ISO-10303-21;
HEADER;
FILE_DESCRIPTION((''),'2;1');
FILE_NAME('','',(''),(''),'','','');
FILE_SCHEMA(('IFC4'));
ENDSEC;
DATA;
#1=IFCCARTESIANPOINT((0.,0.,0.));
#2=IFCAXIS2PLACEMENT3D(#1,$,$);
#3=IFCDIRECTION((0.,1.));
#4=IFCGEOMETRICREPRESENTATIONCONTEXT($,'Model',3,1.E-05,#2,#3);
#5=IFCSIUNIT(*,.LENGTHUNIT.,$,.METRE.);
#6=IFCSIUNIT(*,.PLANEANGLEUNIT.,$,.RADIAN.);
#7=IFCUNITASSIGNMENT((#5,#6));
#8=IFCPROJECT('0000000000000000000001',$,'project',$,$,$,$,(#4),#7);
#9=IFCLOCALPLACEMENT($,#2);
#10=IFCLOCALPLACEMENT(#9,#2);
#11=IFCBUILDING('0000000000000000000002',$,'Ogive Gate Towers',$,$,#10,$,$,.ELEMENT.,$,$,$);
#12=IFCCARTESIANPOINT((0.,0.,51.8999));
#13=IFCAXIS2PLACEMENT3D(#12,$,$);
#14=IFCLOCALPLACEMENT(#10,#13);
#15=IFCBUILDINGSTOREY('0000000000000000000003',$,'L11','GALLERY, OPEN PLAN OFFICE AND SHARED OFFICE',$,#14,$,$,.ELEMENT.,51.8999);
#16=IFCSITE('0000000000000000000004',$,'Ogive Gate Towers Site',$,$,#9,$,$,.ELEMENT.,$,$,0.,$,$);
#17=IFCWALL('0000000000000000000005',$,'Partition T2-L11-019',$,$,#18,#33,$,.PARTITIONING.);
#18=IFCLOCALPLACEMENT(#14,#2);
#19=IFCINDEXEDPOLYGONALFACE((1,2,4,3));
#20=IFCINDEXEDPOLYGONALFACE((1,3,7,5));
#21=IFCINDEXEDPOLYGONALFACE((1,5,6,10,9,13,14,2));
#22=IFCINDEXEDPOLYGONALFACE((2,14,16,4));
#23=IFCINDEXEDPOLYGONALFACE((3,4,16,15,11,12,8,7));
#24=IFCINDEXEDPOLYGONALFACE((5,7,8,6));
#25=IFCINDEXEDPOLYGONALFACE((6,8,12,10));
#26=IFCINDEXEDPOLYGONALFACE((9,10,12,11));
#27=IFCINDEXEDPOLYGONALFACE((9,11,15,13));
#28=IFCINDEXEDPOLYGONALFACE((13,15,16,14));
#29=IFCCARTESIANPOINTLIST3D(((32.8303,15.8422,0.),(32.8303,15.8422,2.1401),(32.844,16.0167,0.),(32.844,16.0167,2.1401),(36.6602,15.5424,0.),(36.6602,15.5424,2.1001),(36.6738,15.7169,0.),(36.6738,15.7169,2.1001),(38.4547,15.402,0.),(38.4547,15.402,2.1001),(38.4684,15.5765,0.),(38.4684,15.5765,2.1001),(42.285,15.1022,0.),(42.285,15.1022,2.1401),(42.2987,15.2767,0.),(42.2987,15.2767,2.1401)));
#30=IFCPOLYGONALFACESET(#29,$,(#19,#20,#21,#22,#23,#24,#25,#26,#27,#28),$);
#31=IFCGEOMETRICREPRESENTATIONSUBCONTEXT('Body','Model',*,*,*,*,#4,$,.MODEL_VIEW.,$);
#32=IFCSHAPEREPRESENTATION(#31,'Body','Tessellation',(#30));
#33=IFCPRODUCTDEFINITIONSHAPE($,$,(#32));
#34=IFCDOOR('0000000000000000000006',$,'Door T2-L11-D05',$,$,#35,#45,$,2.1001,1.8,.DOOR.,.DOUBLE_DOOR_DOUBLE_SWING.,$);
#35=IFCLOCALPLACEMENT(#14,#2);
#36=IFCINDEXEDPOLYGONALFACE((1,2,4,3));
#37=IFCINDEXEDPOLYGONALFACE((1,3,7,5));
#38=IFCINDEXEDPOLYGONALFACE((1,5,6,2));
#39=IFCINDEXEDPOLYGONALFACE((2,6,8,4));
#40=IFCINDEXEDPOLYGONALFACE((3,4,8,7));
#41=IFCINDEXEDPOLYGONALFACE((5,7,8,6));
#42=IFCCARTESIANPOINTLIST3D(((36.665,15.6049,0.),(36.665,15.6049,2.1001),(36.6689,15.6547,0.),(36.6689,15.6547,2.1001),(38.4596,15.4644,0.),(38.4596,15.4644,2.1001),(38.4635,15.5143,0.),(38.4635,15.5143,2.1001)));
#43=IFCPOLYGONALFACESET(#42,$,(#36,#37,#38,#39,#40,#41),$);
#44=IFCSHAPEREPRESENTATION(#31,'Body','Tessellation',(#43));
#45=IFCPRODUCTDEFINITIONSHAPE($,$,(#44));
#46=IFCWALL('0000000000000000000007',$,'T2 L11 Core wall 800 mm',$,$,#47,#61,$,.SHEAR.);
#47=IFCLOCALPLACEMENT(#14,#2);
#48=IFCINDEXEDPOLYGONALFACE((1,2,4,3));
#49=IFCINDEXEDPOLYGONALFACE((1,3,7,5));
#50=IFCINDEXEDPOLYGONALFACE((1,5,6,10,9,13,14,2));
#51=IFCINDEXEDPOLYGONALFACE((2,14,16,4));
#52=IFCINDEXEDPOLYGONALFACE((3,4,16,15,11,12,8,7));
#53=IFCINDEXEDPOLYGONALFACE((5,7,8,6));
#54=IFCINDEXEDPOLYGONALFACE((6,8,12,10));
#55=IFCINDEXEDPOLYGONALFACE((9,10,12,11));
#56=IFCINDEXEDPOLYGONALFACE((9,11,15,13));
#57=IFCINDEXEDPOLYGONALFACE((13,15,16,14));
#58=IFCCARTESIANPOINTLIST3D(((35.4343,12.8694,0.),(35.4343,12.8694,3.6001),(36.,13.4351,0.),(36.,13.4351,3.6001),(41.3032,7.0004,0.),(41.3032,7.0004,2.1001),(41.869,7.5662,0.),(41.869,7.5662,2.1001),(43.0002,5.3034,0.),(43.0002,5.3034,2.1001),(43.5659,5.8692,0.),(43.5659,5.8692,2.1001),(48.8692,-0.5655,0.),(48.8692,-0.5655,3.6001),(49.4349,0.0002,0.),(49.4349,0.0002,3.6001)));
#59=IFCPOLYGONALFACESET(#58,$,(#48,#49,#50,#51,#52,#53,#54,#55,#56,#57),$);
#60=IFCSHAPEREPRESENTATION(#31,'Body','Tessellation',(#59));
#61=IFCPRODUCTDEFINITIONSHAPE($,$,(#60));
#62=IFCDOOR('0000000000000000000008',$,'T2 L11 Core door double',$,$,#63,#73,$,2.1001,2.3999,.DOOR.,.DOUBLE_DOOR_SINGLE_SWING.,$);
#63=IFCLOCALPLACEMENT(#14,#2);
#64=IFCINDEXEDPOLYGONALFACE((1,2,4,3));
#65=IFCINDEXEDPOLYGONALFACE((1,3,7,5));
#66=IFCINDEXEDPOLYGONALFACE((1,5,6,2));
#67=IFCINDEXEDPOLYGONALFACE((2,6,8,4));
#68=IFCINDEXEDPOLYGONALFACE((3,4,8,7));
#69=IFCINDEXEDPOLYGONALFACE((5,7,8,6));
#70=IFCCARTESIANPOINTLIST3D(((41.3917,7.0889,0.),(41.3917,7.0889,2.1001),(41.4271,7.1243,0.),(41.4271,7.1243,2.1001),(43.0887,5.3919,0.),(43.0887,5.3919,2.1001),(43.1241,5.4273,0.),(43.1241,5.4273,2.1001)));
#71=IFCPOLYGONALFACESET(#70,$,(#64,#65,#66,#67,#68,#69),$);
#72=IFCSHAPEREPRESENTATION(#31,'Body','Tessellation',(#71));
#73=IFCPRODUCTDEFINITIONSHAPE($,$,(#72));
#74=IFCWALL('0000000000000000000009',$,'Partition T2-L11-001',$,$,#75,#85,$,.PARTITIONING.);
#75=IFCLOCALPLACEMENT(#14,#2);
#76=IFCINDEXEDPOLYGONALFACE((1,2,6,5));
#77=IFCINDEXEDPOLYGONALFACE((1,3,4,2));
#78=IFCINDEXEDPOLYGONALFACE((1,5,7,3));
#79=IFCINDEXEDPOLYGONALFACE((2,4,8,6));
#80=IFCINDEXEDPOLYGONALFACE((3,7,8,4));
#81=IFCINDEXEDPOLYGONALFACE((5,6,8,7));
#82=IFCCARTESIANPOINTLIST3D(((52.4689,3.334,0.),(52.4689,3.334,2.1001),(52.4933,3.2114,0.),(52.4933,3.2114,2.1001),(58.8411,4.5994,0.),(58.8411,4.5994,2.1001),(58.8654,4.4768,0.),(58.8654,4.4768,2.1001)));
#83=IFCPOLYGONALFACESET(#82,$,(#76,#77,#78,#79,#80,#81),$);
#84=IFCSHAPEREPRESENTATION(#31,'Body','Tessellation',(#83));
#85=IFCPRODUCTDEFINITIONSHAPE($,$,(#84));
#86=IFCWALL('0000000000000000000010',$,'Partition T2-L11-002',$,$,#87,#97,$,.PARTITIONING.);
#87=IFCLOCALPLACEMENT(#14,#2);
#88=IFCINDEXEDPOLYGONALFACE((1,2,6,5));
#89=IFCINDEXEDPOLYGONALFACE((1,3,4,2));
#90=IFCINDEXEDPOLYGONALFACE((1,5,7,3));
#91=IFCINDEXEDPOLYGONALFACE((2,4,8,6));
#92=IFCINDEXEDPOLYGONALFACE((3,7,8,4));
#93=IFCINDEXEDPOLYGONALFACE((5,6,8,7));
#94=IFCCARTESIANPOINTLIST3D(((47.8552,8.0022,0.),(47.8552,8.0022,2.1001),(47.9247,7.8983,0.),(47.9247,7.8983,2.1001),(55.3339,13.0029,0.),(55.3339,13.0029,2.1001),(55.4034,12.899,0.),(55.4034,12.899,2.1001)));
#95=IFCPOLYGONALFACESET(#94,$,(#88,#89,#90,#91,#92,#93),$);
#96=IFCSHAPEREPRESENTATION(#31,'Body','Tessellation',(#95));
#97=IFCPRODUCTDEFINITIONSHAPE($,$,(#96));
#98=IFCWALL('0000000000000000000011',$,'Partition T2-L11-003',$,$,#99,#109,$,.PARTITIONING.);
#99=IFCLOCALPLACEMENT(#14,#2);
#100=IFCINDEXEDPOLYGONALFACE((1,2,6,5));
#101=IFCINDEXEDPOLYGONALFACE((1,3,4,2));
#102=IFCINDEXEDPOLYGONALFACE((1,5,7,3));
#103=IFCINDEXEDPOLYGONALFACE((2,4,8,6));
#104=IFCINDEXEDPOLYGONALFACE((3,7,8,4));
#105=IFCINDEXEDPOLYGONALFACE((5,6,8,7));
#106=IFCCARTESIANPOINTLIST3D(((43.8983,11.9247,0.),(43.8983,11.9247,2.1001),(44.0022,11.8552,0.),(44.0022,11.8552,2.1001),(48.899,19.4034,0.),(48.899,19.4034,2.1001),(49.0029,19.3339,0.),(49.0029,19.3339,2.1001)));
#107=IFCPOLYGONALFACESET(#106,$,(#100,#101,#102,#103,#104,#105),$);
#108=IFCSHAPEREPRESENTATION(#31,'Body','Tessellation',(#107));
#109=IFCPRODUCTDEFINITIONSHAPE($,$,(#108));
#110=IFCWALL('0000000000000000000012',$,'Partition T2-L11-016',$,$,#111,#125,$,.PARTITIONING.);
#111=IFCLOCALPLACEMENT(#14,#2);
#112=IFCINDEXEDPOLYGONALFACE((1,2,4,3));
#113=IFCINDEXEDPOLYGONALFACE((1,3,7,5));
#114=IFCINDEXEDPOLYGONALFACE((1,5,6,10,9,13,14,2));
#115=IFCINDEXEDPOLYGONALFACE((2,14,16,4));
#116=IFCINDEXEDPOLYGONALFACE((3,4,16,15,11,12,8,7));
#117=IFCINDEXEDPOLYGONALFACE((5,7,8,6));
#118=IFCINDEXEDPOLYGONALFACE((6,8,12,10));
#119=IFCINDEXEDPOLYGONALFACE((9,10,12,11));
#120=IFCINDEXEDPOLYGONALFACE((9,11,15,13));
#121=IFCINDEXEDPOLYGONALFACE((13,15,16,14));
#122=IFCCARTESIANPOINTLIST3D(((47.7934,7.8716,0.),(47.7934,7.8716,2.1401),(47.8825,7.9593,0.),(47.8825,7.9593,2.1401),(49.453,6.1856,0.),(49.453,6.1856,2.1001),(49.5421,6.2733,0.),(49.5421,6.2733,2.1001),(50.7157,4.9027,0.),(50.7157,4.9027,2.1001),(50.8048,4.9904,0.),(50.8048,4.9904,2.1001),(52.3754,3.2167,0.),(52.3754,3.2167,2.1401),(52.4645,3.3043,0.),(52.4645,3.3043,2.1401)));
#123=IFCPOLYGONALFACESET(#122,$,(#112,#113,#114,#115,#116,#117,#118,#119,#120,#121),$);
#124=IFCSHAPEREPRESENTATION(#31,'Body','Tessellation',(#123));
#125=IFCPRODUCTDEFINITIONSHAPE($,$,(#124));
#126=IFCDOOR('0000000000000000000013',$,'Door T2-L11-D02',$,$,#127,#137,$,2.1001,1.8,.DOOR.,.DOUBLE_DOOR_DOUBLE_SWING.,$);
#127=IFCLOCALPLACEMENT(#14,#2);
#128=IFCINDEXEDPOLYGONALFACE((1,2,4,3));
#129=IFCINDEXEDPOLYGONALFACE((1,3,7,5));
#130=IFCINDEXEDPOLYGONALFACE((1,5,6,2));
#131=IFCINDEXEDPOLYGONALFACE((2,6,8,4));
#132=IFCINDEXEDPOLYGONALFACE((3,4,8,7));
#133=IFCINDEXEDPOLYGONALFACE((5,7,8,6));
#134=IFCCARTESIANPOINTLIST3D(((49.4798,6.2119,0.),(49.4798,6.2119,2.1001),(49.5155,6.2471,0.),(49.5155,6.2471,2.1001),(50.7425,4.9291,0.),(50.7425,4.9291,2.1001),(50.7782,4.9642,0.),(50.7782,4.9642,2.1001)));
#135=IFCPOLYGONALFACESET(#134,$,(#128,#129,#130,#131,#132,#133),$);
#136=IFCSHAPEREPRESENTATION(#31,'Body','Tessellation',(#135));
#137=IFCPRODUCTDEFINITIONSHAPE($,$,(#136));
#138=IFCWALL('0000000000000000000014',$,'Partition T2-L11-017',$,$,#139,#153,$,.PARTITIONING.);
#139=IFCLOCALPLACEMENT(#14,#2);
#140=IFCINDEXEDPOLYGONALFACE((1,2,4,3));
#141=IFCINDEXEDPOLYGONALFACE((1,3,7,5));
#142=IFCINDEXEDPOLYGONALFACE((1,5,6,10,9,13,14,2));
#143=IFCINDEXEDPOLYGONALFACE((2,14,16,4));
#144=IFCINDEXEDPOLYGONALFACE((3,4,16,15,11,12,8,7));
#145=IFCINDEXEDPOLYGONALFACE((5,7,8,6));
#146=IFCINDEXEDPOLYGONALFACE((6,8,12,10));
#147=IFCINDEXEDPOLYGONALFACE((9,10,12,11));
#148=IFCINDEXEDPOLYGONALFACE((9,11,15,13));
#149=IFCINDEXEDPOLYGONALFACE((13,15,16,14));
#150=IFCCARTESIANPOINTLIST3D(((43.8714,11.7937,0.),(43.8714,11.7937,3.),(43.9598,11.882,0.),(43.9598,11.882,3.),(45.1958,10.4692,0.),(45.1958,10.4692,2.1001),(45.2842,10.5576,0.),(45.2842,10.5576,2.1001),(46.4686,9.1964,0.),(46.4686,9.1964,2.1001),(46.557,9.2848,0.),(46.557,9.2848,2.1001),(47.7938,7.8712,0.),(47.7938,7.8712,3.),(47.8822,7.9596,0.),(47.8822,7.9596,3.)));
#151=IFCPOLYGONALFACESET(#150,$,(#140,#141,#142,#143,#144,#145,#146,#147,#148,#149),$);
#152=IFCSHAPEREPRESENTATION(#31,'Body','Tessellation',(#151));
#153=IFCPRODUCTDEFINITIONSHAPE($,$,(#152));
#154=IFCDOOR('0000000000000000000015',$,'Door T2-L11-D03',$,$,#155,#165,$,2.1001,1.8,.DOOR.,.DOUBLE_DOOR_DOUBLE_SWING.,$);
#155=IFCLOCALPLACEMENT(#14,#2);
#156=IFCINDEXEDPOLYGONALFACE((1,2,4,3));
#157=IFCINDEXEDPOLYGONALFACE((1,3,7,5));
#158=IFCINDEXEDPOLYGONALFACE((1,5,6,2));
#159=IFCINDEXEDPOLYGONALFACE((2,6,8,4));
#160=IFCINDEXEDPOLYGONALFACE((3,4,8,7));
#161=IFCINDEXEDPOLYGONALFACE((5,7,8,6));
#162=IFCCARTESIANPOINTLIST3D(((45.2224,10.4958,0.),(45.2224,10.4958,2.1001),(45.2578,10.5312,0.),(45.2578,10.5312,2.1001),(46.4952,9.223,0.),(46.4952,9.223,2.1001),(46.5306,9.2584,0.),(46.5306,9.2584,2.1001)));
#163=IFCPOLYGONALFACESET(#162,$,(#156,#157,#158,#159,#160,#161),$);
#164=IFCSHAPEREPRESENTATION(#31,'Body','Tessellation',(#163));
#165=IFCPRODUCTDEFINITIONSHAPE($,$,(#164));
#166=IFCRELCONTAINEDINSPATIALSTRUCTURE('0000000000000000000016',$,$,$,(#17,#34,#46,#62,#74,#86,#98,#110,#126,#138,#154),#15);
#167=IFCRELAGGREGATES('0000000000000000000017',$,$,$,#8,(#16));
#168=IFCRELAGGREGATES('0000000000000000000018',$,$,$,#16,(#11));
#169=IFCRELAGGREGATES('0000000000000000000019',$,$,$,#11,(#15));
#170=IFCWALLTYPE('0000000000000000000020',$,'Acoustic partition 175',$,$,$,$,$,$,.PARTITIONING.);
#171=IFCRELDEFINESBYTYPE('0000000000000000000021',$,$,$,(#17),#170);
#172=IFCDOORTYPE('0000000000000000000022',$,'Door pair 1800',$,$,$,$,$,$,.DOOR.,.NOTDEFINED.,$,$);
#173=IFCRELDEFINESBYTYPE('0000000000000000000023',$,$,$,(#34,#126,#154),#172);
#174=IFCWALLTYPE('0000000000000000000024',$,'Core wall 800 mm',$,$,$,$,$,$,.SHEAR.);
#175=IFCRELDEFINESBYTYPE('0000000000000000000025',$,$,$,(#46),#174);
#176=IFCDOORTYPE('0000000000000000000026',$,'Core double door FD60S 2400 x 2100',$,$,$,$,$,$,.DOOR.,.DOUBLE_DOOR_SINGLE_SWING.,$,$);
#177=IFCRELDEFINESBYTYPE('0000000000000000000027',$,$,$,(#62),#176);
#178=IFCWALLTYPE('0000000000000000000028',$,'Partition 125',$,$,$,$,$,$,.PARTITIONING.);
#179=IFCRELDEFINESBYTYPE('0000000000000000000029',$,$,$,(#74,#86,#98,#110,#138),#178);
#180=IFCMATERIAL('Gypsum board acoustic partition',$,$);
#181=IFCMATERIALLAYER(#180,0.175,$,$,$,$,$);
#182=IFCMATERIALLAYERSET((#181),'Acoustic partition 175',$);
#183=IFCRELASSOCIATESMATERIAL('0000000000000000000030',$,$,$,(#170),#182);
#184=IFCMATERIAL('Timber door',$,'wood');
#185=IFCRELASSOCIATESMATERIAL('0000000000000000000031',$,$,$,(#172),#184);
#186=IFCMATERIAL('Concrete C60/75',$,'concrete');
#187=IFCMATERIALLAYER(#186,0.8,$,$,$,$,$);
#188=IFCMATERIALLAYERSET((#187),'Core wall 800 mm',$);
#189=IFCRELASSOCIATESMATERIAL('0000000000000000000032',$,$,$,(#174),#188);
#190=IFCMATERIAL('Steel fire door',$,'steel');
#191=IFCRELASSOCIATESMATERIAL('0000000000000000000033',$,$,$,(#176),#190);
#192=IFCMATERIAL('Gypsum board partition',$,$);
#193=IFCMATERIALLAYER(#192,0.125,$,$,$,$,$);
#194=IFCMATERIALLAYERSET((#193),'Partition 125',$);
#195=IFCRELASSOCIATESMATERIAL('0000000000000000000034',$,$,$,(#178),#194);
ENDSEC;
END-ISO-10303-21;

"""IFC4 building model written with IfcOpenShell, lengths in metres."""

from ifc_helpers import new_model, si_unit, direction, frame, frame_2d, origin, place, context, subcontext, project, spatial, rectangle, extrude, material, layer, layer_set, type_object, element, fill, save


model = new_model("IFC4")

# Units and contexts
model_context = context("Model", 3, precision=1e-05, world=origin(), true_north=direction((0.0, 1.0)))
body_context = subcontext(model_context, "Body", "Model", "MODEL_VIEW")
ifc_project = project(units=[si_unit("LENGTHUNIT", "METRE"), si_unit("PLANEANGLEUNIT", "RADIAN")], contexts=[model_context])

# Site, building, storey
site_placement = place(None, origin())
site = spatial("IfcSite", under=ifc_project, at=site_placement, Name="Ogive Gate Towers Site", CompositionType="ELEMENT", RefElevation=0.0)
building_placement = place(site_placement, origin())
building = spatial("IfcBuilding", under=site, at=building_placement, Name="Ogive Gate Towers", CompositionType="ELEMENT")
storey_placement = place(building_placement, frame((0.0, 0.0, 51.8999)))
storey = spatial("IfcBuildingStorey", under=building, at=storey_placement, Name="L11", Description="GALLERY, OPEN PLAN OFFICE AND SHARED OFFICE", CompositionType="ELEMENT", Elevation=51.8999)

# Shared definitions
ifc_material_1 = material(Name="Gypsum board acoustic partition")
ifc_layer_1 = layer(ifc_material_1, 0.175)
ifc_layer_set_1 = layer_set([ifc_layer_1], Name="Acoustic partition 175")
wall_type_1 = type_object("IfcWallType", Name="Acoustic partition 175", PredefinedType="PARTITIONING", material=ifc_layer_set_1)

# Walls, openings, doors
wall_1_placement = place(storey_placement, frame((42.2917, 15.1895, 0.0), z_axis=(0.0, 0.0, 1.0), x_axis=(-0.996951, 0.078027, 0.0)))
wall_1 = element("IfcWall", 1, at=wall_1_placement, inside=storey, type_object=wall_type_1, Name="Partition T2-L11-019", PredefinedType="PARTITIONING", context=body_context, shape_type="SweptSolid", body=[
    extrude(rectangle(XDim=9.4836, YDim=0.175, at=frame_2d((4.7417, 0.0))), origin(), (0.0, 0.0, 1.0), 2.1401),
])
opening_1_placement = place(wall_1_placement, frame((3.842, 0.0, 0.0)))
opening_1 = element("IfcOpeningElement", 2, at=opening_1_placement, cuts=wall_1, PredefinedType="OPENING", context=body_context, shape_type="SweptSolid", body=[
    extrude(rectangle(XDim=1.8, YDim=2.1001, at=frame_2d((0.8999, 1.05))), frame((0.0, 0.0977, 0.0), z_axis=(0.0, -1.0, 0.0), x_axis=(1.0, 0.0, 0.0)), (0.0, 0.0, 1.0), 0.1951),
])
ifc_material_2 = material(Name="Timber door", Category="wood")
door_type_1 = type_object("IfcDoorType", Name="Door pair 1800", OperationType="NOTDEFINED", PredefinedType="DOOR", material=ifc_material_2)
door_1_placement = place(opening_1_placement, origin())
door_1 = element("IfcDoor", 3, at=door_1_placement, inside=storey, type_object=door_type_1, Name="Door T2-L11-D05", OperationType="DOUBLE_DOOR_DOUBLE_SWING", OverallHeight=2.1001, OverallWidth=1.8, PredefinedType="DOOR", context=body_context, shape_type="SweptSolid", body=[
    extrude(rectangle(XDim=1.8, YDim=2.1001, at=frame_2d((0.8999, 1.05))), frame((0.0, 0.0249, 0.0), z_axis=(0.0, -1.0, 0.0), x_axis=(1.0, 0.0, 0.0)), (0.0, 0.0, 1.0), 0.05),
])
fill(opening_1, door_1)
ifc_material_3 = material(Name="Concrete C60/75", Category="concrete")
ifc_layer_2 = layer(ifc_material_3, 0.8)
ifc_layer_set_2 = layer_set([ifc_layer_2], Name="Core wall 800 mm")
wall_type_2 = type_object("IfcWallType", Name="Core wall 800 mm", PredefinedType="SHEAR", material=ifc_layer_set_2)
wall_2_placement = place(storey_placement, frame((49.1521, -0.2827, 0.0), z_axis=(0.0, 0.0, 1.0), x_axis=(-0.707107, 0.707107, 0.0)))
wall_2 = element("IfcWall", 4, at=wall_2_placement, inside=storey, type_object=wall_type_2, Name="T2 L11 Core wall 800 mm", PredefinedType="SHEAR", context=body_context, shape_type="SweptSolid", body=[
    extrude(rectangle(XDim=18.9998, YDim=0.8, at=frame_2d((9.5, 0.0))), origin(), (0.0, 0.0, 1.0), 3.6001),
])
opening_2_placement = place(wall_2_placement, frame((8.3, 0.0, 0.0)))
opening_2 = element("IfcOpeningElement", 5, at=opening_2_placement, cuts=wall_2, PredefinedType="OPENING", context=body_context, shape_type="SweptSolid", body=[
    extrude(rectangle(XDim=2.3999, YDim=2.1001, at=frame_2d((1.2, 1.05))), frame((0.0, 0.4102, 0.0), z_axis=(0.0, -1.0, 0.0), x_axis=(1.0, 0.0, 0.0)), (0.0, 0.0, 1.0), 0.8201),
])
ifc_material_4 = material(Name="Steel fire door", Category="steel")
door_type_2 = type_object("IfcDoorType", Name="Core double door FD60S 2400 x 2100", OperationType="DOUBLE_DOOR_SINGLE_SWING", PredefinedType="DOOR", material=ifc_material_4)
door_2_placement = place(opening_2_placement, origin())
door_2 = element("IfcDoor", 6, at=door_2_placement, inside=storey, type_object=door_type_2, Name="T2 L11 Core door double", OperationType="DOUBLE_DOOR_SINGLE_SWING", OverallHeight=2.1001, OverallWidth=2.3999, PredefinedType="DOOR", context=body_context, shape_type="SweptSolid", body=[
    extrude(rectangle(XDim=2.3999, YDim=2.1001, at=frame_2d((1.2, 1.05))), frame((0.0, 0.2749, 0.0), z_axis=(0.0, -1.0, 0.0), x_axis=(1.0, 0.0, 0.0)), (0.0, 0.0, 1.0), 0.05),
])
fill(opening_2, door_2)

# Walls
ifc_material_5 = material(Name="Gypsum board partition")
ifc_layer_3 = layer(ifc_material_5, 0.125)
ifc_layer_set_3 = layer_set([ifc_layer_3], Name="Partition 125")
wall_type_3 = type_object("IfcWallType", Name="Partition 125", PredefinedType="PARTITIONING", material=ifc_layer_set_3)
wall_3_placement = place(storey_placement, frame((58.8533, 4.5381, 0.0), z_axis=(0.0, 0.0, 1.0), x_axis=(-0.980847, -0.194779, 0.0)))
element("IfcWall", 7, at=wall_3_placement, inside=storey, type_object=wall_type_3, Name="Partition T2-L11-001", PredefinedType="PARTITIONING", context=body_context, shape_type="SweptSolid", body=[
    extrude(rectangle(XDim=6.4966, YDim=0.125, at=frame_2d((3.2483, 0.0))), origin(), (0.0, 0.0, 1.0), 2.1001),
])
for number, where, z_axis, x_axis, name in (
    (8, (55.3687, 12.9509, 0.0), (0.0, 0.0, 1.0), (-0.831285, -0.555846, 0.0), "Partition T2-L11-002"),
    (9, (48.9509, 19.3687, 0.0), (0.0, 0.0, 1.0), (-0.555846, -0.831285, 0.0), "Partition T2-L11-003"),
):
    element("IfcWall", number, at=place(storey_placement, frame(where, z_axis=z_axis, x_axis=x_axis)), inside=storey, type_object=wall_type_3, Name=name, PredefinedType="PARTITIONING", context=body_context, shape_type="SweptSolid", body=[
        extrude(rectangle(XDim=8.9966, YDim=0.125, at=frame_2d((4.4983, 0.0))), origin(), (0.0, 0.0, 1.0), 2.1001),
    ])

# Walls, openings, doors
wall_4_placement = place(storey_placement, frame((52.4199, 3.2605, 0.0), z_axis=(0.0, 0.0, 1.0), x_axis=(-0.701497, 0.712673, 0.0)))
wall_4 = element("IfcWall", 10, at=wall_4_placement, inside=storey, type_object=wall_type_3, Name="Partition T2-L11-016", PredefinedType="PARTITIONING", context=body_context, shape_type="SweptSolid", body=[
    extrude(rectangle(XDim=6.5317, YDim=0.125, at=frame_2d((3.2659, 0.0))), origin(), (0.0, 0.0, 1.0), 2.1401),
])
opening_3_placement = place(wall_4_placement, frame((2.366, 0.0, 0.0)))
opening_3 = element("IfcOpeningElement", 11, at=opening_3_placement, cuts=wall_4, PredefinedType="OPENING", context=body_context, shape_type="SweptSolid", body=[
    extrude(rectangle(XDim=1.8, YDim=2.1001, at=frame_2d((0.8999, 1.05))), frame((0.0, 0.0725, 0.0), z_axis=(0.0, -1.0, 0.0), x_axis=(1.0, 0.0, 0.0)), (0.0, 0.0, 1.0), 0.145),
])
door_3_placement = place(opening_3_placement, origin())
door_3 = element("IfcDoor", 12, at=door_3_placement, inside=storey, type_object=door_type_1, Name="Door T2-L11-D02", OperationType="DOUBLE_DOOR_DOUBLE_SWING", OverallHeight=2.1001, OverallWidth=1.8, PredefinedType="DOOR", context=body_context, shape_type="SweptSolid", body=[
    extrude(rectangle(XDim=1.8, YDim=2.1001, at=frame_2d((0.8999, 1.05))), frame((0.0, 0.0249, 0.0), z_axis=(0.0, -1.0, 0.0), x_axis=(1.0, 0.0, 0.0)), (0.0, 0.0, 1.0), 0.05),
])
fill(opening_3, door_3)
wall_5_placement = place(storey_placement, frame((47.8379, 7.9155, 0.0), z_axis=(0.0, 0.0, 1.0), x_axis=(-0.707107, 0.707107, 0.0)))
wall_5 = element("IfcWall", 13, at=wall_5_placement, inside=storey, type_object=wall_type_3, Name="Partition T2-L11-017", PredefinedType="PARTITIONING", context=body_context, shape_type="SweptSolid", body=[
    extrude(rectangle(XDim=5.5471, YDim=0.125, at=frame_2d((2.7734, 0.0))), origin(), (0.0, 0.0, 1.0), 3.0),
])
opening_4_placement = place(wall_5_placement, frame((1.874, 0.0, 0.0)))
opening_4 = element("IfcOpeningElement", 14, at=opening_4_placement, cuts=wall_5, PredefinedType="OPENING", context=body_context, shape_type="SweptSolid", body=[
    extrude(rectangle(XDim=1.8, YDim=2.1001, at=frame_2d((0.8999, 1.05))), frame((0.0, 0.0725, 0.0), z_axis=(0.0, -1.0, 0.0), x_axis=(1.0, 0.0, 0.0)), (0.0, 0.0, 1.0), 0.145),
])
door_4_placement = place(opening_4_placement, origin())
door_4 = element("IfcDoor", 15, at=door_4_placement, inside=storey, type_object=door_type_1, Name="Door T2-L11-D03", OperationType="DOUBLE_DOOR_DOUBLE_SWING", OverallHeight=2.1001, OverallWidth=1.8, PredefinedType="DOOR", context=body_context, shape_type="SweptSolid", body=[
    extrude(rectangle(XDim=1.8, YDim=2.1001, at=frame_2d((0.8999, 1.05))), frame((0.0, 0.0249, 0.0), z_axis=(0.0, -1.0, 0.0), x_axis=(1.0, 0.0, 0.0)), (0.0, 0.0, 1.0), 0.05),
])
fill(opening_4, door_4)

save(model, "model.ifc")
